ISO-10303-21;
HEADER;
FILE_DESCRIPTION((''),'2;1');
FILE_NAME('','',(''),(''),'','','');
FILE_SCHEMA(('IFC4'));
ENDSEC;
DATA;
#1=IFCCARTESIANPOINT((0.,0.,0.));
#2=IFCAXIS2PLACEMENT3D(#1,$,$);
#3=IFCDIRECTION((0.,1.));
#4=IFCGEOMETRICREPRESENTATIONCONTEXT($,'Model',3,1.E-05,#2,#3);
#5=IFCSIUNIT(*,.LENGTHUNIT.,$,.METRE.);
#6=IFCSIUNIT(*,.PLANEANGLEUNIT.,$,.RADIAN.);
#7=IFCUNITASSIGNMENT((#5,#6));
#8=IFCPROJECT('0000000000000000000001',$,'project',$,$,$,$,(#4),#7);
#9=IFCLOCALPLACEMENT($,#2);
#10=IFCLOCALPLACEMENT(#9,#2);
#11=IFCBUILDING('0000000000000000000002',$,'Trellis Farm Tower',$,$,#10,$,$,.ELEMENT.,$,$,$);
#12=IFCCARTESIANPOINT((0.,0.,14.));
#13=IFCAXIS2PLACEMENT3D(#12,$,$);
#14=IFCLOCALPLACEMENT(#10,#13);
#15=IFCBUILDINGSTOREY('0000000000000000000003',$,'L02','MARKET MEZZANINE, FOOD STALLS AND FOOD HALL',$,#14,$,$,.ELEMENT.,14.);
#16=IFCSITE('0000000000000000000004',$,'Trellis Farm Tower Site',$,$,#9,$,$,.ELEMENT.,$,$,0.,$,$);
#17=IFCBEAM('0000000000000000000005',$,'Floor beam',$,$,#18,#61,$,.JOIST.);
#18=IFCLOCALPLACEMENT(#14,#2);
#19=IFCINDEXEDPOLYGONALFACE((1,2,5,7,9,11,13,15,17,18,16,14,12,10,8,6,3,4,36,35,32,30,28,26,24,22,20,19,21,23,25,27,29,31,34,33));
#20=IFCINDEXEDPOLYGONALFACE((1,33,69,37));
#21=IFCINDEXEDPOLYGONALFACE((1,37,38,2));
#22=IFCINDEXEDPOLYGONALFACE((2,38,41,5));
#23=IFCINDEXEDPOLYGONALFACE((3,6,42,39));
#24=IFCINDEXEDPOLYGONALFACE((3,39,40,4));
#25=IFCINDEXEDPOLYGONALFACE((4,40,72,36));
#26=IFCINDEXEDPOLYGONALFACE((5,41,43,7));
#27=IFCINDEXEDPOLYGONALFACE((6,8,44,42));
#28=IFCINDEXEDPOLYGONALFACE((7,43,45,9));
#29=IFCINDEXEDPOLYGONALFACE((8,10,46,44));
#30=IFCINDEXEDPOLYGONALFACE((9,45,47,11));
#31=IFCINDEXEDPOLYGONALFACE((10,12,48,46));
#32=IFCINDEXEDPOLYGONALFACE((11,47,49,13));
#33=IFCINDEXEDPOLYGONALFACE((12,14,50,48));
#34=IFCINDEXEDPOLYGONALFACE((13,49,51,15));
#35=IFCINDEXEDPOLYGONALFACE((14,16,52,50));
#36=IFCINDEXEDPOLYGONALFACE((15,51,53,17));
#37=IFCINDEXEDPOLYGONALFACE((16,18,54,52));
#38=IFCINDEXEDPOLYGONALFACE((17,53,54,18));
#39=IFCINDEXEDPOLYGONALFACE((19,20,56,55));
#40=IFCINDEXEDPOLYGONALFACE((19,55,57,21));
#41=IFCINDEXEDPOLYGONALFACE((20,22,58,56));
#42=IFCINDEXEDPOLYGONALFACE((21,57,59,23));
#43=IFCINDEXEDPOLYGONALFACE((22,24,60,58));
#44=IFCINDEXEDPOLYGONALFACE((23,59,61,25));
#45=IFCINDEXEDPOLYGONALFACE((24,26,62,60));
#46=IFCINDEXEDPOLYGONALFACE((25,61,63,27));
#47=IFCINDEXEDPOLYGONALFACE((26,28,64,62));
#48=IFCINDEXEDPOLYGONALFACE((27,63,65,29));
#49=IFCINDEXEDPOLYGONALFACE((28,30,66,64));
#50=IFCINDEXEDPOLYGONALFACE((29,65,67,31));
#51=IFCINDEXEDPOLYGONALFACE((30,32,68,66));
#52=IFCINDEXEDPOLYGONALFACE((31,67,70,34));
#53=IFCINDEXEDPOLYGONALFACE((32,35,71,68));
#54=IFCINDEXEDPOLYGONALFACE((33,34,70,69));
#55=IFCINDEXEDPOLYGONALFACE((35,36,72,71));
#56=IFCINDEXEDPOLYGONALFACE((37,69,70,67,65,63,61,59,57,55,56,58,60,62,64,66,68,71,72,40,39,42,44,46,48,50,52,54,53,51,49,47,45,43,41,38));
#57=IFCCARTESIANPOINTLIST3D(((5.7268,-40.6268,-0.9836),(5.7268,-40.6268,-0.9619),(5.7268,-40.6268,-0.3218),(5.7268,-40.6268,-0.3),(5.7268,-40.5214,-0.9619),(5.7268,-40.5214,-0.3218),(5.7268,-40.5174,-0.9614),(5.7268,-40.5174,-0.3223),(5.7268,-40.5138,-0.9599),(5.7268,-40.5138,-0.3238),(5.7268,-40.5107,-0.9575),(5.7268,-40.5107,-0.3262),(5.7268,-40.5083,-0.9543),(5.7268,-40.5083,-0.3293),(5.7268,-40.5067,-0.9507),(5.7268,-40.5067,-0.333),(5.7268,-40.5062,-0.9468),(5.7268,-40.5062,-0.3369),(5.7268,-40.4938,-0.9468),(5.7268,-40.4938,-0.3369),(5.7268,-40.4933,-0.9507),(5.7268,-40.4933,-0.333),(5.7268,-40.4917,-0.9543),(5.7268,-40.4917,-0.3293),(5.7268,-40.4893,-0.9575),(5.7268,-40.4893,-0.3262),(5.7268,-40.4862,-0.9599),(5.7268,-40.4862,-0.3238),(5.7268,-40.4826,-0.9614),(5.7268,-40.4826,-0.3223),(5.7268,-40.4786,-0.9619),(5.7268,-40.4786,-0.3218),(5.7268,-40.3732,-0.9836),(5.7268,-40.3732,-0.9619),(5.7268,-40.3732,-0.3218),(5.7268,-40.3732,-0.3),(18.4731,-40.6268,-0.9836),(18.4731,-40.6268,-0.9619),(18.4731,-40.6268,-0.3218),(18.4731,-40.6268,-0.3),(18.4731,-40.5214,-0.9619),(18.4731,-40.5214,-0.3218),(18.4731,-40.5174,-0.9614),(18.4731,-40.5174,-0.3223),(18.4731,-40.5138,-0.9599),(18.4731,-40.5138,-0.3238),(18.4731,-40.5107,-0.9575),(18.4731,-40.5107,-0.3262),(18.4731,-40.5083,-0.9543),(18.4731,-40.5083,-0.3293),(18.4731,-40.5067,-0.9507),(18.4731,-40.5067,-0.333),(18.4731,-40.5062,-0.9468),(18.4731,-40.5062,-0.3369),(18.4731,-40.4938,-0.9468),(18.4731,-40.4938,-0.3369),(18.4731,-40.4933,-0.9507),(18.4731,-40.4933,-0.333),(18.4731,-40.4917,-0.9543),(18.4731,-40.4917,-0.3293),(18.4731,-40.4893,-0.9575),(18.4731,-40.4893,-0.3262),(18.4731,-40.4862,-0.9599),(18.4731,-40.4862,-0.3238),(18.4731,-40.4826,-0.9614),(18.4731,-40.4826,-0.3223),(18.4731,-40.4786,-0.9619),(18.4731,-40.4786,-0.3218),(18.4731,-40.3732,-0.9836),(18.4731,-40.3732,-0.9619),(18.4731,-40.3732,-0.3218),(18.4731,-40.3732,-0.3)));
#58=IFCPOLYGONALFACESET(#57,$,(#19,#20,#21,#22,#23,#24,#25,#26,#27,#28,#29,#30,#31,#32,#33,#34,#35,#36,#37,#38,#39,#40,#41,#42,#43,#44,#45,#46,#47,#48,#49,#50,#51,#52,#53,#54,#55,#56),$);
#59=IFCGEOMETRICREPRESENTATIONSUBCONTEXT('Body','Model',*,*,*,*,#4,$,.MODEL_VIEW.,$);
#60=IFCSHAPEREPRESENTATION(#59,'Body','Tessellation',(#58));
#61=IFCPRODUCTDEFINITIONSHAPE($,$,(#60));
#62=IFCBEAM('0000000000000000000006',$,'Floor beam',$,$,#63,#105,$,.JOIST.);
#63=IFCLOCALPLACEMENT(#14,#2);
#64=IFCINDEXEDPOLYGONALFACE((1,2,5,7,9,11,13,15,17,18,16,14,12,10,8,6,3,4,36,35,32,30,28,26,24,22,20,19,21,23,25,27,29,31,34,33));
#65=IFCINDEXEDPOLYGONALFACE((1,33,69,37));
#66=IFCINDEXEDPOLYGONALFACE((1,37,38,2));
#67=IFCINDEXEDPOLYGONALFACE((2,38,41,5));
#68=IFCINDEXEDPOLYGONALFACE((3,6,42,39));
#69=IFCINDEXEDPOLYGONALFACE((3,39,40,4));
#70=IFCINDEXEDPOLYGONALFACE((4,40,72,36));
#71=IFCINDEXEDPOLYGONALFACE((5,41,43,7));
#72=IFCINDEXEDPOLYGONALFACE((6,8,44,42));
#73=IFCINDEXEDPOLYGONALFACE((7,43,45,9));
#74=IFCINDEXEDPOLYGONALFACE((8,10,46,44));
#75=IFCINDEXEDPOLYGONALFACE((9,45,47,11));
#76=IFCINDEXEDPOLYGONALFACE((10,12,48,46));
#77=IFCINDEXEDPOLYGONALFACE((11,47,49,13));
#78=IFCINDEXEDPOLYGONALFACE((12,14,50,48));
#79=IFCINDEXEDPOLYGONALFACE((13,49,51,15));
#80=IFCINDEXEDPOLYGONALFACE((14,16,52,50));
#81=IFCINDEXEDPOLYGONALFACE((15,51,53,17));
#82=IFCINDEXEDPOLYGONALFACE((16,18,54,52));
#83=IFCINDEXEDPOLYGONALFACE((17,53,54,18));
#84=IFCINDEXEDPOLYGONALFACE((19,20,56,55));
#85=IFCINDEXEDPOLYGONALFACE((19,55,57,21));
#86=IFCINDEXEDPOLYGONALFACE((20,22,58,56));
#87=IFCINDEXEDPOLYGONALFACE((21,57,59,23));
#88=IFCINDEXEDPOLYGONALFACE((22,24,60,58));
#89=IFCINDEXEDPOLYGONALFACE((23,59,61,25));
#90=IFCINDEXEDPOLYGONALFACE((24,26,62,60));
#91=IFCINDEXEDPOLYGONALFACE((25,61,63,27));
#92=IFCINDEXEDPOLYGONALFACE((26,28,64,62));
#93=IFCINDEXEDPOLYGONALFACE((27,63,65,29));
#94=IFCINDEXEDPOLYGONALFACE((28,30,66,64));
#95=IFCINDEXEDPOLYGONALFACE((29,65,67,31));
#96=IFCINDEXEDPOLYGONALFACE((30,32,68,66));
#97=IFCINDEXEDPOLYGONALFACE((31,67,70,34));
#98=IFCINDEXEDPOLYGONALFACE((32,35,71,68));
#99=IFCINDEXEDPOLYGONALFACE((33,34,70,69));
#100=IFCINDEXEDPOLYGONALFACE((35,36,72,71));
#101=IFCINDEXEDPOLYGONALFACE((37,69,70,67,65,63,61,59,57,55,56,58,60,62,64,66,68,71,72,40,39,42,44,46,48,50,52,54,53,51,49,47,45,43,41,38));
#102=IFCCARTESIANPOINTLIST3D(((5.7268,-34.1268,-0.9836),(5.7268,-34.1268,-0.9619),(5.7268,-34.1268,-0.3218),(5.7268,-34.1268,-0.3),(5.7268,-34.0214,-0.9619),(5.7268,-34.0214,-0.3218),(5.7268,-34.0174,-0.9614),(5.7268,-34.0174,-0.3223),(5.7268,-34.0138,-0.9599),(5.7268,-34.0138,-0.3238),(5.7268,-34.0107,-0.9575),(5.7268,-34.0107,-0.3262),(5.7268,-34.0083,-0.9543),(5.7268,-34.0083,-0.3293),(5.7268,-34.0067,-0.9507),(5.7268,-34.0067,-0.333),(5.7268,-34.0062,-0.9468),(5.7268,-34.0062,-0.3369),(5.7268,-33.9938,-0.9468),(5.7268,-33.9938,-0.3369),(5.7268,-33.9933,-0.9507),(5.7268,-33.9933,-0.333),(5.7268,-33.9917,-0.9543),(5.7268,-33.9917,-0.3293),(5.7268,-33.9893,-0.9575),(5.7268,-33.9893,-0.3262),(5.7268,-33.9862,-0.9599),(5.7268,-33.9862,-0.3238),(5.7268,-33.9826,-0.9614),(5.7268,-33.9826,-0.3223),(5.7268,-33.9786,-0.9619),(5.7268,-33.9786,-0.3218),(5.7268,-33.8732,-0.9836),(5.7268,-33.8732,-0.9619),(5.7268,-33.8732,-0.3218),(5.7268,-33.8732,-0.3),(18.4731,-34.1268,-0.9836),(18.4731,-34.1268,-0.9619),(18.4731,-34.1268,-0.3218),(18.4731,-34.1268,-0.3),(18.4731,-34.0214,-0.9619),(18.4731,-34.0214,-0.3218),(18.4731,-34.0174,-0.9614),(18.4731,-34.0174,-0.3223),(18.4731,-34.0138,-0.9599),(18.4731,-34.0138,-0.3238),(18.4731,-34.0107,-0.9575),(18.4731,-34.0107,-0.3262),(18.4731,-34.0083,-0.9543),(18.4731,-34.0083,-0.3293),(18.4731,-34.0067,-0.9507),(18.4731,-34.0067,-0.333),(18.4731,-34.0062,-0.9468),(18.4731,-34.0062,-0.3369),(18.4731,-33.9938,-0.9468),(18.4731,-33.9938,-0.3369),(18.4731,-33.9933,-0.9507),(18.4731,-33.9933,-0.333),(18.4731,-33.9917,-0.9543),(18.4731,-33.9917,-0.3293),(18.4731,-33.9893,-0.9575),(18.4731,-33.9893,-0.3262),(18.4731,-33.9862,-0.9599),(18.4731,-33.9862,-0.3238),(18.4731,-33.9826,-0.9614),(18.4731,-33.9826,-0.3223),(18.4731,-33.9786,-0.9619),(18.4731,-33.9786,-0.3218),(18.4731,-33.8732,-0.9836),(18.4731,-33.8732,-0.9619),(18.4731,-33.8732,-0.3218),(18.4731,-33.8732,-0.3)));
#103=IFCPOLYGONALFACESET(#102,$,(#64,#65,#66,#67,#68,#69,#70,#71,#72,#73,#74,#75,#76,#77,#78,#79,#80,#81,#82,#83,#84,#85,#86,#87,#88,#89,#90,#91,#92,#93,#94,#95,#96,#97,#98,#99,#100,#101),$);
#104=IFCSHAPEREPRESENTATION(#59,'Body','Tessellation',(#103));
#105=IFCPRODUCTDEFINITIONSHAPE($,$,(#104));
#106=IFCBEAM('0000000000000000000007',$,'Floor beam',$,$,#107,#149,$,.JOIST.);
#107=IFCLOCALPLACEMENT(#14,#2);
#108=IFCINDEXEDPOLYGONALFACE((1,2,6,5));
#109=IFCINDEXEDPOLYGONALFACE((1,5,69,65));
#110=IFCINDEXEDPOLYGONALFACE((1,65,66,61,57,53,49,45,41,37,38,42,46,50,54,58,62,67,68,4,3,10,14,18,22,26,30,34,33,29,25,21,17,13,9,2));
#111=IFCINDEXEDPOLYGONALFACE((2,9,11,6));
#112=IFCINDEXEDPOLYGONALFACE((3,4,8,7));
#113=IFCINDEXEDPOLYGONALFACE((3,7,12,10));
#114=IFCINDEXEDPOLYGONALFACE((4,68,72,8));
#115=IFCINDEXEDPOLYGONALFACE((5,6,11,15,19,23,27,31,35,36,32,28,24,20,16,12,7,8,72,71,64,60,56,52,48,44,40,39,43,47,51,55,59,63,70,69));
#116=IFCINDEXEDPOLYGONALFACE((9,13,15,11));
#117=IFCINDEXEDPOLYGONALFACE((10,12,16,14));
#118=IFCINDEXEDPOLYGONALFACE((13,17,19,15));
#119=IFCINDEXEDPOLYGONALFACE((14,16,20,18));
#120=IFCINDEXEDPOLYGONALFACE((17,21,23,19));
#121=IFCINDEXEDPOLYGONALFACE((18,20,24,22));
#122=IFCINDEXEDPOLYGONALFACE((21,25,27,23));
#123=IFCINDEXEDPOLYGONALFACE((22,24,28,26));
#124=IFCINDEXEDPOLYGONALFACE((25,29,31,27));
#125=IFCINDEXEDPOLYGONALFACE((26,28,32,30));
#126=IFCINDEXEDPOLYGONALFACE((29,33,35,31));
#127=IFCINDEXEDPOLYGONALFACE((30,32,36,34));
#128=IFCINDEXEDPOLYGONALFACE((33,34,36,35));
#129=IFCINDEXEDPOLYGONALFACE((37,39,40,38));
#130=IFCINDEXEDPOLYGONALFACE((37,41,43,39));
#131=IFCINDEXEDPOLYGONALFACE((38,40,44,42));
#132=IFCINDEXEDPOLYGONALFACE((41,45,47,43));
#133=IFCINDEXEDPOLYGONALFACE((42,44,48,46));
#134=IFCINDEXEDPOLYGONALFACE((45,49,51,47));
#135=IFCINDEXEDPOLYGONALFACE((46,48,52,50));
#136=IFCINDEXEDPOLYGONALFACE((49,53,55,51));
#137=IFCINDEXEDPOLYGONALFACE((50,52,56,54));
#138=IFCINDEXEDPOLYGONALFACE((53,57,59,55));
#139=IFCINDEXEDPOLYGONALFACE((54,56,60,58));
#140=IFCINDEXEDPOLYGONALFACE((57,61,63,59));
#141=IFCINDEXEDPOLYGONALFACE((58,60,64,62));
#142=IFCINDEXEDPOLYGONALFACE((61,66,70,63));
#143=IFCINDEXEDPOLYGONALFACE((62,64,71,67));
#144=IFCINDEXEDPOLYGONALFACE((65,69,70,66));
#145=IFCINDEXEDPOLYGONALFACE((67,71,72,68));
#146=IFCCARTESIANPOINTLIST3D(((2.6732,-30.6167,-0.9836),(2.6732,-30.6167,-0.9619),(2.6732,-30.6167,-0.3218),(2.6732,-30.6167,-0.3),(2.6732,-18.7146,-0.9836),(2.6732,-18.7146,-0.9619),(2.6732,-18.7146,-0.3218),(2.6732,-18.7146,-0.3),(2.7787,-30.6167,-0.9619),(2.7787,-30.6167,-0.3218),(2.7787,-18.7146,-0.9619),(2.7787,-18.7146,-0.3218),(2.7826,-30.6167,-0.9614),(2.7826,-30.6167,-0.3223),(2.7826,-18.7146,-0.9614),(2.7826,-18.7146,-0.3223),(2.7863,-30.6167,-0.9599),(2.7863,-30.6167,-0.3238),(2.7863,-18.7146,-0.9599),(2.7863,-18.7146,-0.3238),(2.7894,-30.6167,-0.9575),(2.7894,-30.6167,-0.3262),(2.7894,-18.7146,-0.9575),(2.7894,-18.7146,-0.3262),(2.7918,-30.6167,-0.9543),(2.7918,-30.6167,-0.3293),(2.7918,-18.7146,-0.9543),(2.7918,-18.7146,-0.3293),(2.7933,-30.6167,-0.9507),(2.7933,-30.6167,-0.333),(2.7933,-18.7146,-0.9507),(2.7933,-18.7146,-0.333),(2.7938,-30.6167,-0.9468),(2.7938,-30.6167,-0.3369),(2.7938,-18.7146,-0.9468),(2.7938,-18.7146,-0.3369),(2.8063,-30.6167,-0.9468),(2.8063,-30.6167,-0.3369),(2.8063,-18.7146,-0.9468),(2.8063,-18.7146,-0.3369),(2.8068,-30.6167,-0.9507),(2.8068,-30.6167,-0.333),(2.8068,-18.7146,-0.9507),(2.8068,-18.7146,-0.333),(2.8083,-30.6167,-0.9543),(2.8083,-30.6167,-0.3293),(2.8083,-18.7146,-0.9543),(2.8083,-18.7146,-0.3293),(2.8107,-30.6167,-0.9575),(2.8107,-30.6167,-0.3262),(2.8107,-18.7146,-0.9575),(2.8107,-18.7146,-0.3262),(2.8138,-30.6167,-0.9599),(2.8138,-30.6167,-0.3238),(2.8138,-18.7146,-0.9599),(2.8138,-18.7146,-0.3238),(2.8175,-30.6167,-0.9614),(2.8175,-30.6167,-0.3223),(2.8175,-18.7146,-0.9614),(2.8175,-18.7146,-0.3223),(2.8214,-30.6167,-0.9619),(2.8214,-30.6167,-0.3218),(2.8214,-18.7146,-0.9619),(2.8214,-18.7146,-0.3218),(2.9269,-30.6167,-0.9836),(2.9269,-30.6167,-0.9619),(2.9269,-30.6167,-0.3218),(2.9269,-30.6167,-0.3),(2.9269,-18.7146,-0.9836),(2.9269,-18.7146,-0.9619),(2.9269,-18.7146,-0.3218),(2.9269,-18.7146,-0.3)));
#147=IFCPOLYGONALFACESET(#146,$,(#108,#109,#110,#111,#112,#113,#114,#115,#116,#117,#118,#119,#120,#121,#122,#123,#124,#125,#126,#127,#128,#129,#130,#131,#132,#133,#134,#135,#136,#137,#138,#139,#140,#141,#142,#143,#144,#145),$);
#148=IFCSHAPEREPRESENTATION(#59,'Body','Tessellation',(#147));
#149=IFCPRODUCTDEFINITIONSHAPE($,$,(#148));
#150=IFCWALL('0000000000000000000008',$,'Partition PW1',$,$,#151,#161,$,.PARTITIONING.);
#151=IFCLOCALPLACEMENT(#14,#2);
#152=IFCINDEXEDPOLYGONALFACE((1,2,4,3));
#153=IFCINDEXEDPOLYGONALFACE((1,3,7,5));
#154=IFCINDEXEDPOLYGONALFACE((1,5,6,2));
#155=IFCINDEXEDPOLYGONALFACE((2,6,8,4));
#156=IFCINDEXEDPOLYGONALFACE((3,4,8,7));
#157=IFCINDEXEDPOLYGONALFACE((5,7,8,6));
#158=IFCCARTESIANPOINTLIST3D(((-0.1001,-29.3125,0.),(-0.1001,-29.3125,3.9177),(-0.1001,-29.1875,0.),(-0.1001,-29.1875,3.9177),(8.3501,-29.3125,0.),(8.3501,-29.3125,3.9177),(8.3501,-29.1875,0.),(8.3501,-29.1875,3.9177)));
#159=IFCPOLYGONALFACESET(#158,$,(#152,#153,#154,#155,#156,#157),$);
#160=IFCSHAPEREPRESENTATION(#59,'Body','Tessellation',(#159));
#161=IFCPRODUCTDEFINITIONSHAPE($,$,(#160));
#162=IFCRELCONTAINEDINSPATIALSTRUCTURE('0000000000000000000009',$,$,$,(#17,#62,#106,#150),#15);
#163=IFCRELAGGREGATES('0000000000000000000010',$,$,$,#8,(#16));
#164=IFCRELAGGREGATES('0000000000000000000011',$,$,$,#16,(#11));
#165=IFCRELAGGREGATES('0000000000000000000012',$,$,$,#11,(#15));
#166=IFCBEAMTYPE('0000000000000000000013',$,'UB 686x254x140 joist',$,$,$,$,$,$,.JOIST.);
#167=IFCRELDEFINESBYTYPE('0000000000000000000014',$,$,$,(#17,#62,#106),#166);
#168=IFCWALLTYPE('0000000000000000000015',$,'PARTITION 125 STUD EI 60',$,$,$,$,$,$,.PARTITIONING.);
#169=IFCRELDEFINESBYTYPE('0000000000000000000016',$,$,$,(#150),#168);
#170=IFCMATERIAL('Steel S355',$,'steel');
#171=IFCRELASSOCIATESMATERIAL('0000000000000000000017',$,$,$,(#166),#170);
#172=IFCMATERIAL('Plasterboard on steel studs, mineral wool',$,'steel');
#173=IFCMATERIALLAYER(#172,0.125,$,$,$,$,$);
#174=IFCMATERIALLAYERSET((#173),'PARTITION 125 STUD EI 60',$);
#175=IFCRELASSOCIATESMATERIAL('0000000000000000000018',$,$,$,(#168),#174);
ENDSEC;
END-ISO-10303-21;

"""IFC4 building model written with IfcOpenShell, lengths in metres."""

from ifc_helpers import new_model, si_unit, direction, frame, frame_2d, origin, origin_2d, place, context, subcontext, project, spatial, rectangle, i_section, extrude, source, transform, mapped, material, layer, layer_set, material_profile, profile_set, type_object, element, save


model = new_model("IFC4")

# Units and contexts
model_context = context("Model", 3, precision=1e-05, world=origin(), true_north=direction((0.0, 1.0)))
body_context = subcontext(model_context, "Body", "Model", "MODEL_VIEW")
ifc_project = project(units=[si_unit("LENGTHUNIT", "METRE"), si_unit("PLANEANGLEUNIT", "RADIAN")], contexts=[model_context])

# Site, building, storey
site_placement = place(None, origin())
site = spatial("IfcSite", under=ifc_project, at=site_placement, Name="Trellis Farm Tower Site", CompositionType="ELEMENT", RefElevation=0.0)
building_placement = place(site_placement, origin())
building = spatial("IfcBuilding", under=site, at=building_placement, Name="Trellis Farm Tower", CompositionType="ELEMENT")
storey_placement = place(building_placement, frame((0.0, 0.0, 14.0)))
storey = spatial("IfcBuildingStorey", under=building, at=storey_placement, Name="L02", Description="MARKET MEZZANINE, FOOD STALLS AND FOOD HALL", CompositionType="ELEMENT", Elevation=14.0)

# Beams
ifc_material_1 = material(Name="Steel S355", Category="steel")
ifc_material_profile_1 = material_profile(ifc_material_1, i_section(OverallWidth=0.2537, OverallDepth=0.6836, WebThickness=0.0125, FlangeThickness=0.0217, FilletRadius=0.0151, at=origin_2d()), Name="UB 686x254x140")
ifc_profile_set_1 = profile_set([ifc_material_profile_1], Name="Steel S355")
beam_type_1 = type_object("IfcBeamType", Name="UB 686x254x140 joist", PredefinedType="JOIST", material=ifc_profile_set_1)
shared_shape_1 = source(origin(), body_context, "Body", "SweptSolid", [
    extrude(i_section(OverallWidth=0.2537, OverallDepth=0.6836, WebThickness=0.0125, FlangeThickness=0.0217, FilletRadius=0.0151, at=origin_2d()), origin(), (0.0, 0.0, 1.0), 12.7463),
])
for number, where, z_axis, x_axis, name in (
    (1, (5.7268, -40.5, -0.6418), (1.0, 0.0, 0.0), (0.0, 1.0, 0.0), "Floor beam"),
    (2, (5.7268, -34.0, -0.6418), (1.0, 0.0, 0.0), (0.0, 1.0, 0.0), "Floor beam"),
):
    element("IfcBeam", number, at=place(storey_placement, frame(where, z_axis=z_axis, x_axis=x_axis)), inside=storey, type_object=beam_type_1, Name=name, PredefinedType="JOIST", context=body_context, shape_type="MappedRepresentation", body=[
        mapped(shared_shape_1, transform((0.0, 0.0, 0.0))),
    ])
shared_shape_2 = source(origin(), body_context, "Body", "SweptSolid", [
    extrude(i_section(OverallWidth=0.2537, OverallDepth=0.6836, WebThickness=0.0125, FlangeThickness=0.0217, FilletRadius=0.0151, at=origin_2d()), origin(), (0.0, 0.0, 1.0), 11.9021),
])
beam_1_placement = place(storey_placement, frame((2.8, -30.6167, -0.6418), z_axis=(0.0, 1.0, 0.0), x_axis=(-1.0, 0.0, 0.0)))
element("IfcBeam", 3, at=beam_1_placement, inside=storey, type_object=beam_type_1, Name="Floor beam", PredefinedType="JOIST", context=body_context, shape_type="MappedRepresentation", body=[
    mapped(shared_shape_2, transform((0.0, 0.0, 0.0))),
])

# Wall
ifc_material_2 = material(Name="Plasterboard on steel studs, mineral wool", Category="steel")
ifc_layer_1 = layer(ifc_material_2, 0.125)
ifc_layer_set_1 = layer_set([ifc_layer_1], Name="PARTITION 125 STUD EI 60")
wall_type_1 = type_object("IfcWallType", Name="PARTITION 125 STUD EI 60", PredefinedType="PARTITIONING", material=ifc_layer_set_1)
wall_1_placement = place(storey_placement, frame((8.3501, -29.25, 0.0), z_axis=(0.0, 0.0, 1.0), x_axis=(-1.0, 0.0, 0.0)))
element("IfcWall", 4, at=wall_1_placement, inside=storey, type_object=wall_type_1, Name="Partition PW1", PredefinedType="PARTITIONING", context=body_context, shape_type="SweptSolid", body=[
    extrude(rectangle(XDim=8.4502, YDim=0.125, at=frame_2d((4.2251, 0.0))), origin(), (0.0, 0.0, 1.0), 3.9177),
])

save(model, "model.ifc")
